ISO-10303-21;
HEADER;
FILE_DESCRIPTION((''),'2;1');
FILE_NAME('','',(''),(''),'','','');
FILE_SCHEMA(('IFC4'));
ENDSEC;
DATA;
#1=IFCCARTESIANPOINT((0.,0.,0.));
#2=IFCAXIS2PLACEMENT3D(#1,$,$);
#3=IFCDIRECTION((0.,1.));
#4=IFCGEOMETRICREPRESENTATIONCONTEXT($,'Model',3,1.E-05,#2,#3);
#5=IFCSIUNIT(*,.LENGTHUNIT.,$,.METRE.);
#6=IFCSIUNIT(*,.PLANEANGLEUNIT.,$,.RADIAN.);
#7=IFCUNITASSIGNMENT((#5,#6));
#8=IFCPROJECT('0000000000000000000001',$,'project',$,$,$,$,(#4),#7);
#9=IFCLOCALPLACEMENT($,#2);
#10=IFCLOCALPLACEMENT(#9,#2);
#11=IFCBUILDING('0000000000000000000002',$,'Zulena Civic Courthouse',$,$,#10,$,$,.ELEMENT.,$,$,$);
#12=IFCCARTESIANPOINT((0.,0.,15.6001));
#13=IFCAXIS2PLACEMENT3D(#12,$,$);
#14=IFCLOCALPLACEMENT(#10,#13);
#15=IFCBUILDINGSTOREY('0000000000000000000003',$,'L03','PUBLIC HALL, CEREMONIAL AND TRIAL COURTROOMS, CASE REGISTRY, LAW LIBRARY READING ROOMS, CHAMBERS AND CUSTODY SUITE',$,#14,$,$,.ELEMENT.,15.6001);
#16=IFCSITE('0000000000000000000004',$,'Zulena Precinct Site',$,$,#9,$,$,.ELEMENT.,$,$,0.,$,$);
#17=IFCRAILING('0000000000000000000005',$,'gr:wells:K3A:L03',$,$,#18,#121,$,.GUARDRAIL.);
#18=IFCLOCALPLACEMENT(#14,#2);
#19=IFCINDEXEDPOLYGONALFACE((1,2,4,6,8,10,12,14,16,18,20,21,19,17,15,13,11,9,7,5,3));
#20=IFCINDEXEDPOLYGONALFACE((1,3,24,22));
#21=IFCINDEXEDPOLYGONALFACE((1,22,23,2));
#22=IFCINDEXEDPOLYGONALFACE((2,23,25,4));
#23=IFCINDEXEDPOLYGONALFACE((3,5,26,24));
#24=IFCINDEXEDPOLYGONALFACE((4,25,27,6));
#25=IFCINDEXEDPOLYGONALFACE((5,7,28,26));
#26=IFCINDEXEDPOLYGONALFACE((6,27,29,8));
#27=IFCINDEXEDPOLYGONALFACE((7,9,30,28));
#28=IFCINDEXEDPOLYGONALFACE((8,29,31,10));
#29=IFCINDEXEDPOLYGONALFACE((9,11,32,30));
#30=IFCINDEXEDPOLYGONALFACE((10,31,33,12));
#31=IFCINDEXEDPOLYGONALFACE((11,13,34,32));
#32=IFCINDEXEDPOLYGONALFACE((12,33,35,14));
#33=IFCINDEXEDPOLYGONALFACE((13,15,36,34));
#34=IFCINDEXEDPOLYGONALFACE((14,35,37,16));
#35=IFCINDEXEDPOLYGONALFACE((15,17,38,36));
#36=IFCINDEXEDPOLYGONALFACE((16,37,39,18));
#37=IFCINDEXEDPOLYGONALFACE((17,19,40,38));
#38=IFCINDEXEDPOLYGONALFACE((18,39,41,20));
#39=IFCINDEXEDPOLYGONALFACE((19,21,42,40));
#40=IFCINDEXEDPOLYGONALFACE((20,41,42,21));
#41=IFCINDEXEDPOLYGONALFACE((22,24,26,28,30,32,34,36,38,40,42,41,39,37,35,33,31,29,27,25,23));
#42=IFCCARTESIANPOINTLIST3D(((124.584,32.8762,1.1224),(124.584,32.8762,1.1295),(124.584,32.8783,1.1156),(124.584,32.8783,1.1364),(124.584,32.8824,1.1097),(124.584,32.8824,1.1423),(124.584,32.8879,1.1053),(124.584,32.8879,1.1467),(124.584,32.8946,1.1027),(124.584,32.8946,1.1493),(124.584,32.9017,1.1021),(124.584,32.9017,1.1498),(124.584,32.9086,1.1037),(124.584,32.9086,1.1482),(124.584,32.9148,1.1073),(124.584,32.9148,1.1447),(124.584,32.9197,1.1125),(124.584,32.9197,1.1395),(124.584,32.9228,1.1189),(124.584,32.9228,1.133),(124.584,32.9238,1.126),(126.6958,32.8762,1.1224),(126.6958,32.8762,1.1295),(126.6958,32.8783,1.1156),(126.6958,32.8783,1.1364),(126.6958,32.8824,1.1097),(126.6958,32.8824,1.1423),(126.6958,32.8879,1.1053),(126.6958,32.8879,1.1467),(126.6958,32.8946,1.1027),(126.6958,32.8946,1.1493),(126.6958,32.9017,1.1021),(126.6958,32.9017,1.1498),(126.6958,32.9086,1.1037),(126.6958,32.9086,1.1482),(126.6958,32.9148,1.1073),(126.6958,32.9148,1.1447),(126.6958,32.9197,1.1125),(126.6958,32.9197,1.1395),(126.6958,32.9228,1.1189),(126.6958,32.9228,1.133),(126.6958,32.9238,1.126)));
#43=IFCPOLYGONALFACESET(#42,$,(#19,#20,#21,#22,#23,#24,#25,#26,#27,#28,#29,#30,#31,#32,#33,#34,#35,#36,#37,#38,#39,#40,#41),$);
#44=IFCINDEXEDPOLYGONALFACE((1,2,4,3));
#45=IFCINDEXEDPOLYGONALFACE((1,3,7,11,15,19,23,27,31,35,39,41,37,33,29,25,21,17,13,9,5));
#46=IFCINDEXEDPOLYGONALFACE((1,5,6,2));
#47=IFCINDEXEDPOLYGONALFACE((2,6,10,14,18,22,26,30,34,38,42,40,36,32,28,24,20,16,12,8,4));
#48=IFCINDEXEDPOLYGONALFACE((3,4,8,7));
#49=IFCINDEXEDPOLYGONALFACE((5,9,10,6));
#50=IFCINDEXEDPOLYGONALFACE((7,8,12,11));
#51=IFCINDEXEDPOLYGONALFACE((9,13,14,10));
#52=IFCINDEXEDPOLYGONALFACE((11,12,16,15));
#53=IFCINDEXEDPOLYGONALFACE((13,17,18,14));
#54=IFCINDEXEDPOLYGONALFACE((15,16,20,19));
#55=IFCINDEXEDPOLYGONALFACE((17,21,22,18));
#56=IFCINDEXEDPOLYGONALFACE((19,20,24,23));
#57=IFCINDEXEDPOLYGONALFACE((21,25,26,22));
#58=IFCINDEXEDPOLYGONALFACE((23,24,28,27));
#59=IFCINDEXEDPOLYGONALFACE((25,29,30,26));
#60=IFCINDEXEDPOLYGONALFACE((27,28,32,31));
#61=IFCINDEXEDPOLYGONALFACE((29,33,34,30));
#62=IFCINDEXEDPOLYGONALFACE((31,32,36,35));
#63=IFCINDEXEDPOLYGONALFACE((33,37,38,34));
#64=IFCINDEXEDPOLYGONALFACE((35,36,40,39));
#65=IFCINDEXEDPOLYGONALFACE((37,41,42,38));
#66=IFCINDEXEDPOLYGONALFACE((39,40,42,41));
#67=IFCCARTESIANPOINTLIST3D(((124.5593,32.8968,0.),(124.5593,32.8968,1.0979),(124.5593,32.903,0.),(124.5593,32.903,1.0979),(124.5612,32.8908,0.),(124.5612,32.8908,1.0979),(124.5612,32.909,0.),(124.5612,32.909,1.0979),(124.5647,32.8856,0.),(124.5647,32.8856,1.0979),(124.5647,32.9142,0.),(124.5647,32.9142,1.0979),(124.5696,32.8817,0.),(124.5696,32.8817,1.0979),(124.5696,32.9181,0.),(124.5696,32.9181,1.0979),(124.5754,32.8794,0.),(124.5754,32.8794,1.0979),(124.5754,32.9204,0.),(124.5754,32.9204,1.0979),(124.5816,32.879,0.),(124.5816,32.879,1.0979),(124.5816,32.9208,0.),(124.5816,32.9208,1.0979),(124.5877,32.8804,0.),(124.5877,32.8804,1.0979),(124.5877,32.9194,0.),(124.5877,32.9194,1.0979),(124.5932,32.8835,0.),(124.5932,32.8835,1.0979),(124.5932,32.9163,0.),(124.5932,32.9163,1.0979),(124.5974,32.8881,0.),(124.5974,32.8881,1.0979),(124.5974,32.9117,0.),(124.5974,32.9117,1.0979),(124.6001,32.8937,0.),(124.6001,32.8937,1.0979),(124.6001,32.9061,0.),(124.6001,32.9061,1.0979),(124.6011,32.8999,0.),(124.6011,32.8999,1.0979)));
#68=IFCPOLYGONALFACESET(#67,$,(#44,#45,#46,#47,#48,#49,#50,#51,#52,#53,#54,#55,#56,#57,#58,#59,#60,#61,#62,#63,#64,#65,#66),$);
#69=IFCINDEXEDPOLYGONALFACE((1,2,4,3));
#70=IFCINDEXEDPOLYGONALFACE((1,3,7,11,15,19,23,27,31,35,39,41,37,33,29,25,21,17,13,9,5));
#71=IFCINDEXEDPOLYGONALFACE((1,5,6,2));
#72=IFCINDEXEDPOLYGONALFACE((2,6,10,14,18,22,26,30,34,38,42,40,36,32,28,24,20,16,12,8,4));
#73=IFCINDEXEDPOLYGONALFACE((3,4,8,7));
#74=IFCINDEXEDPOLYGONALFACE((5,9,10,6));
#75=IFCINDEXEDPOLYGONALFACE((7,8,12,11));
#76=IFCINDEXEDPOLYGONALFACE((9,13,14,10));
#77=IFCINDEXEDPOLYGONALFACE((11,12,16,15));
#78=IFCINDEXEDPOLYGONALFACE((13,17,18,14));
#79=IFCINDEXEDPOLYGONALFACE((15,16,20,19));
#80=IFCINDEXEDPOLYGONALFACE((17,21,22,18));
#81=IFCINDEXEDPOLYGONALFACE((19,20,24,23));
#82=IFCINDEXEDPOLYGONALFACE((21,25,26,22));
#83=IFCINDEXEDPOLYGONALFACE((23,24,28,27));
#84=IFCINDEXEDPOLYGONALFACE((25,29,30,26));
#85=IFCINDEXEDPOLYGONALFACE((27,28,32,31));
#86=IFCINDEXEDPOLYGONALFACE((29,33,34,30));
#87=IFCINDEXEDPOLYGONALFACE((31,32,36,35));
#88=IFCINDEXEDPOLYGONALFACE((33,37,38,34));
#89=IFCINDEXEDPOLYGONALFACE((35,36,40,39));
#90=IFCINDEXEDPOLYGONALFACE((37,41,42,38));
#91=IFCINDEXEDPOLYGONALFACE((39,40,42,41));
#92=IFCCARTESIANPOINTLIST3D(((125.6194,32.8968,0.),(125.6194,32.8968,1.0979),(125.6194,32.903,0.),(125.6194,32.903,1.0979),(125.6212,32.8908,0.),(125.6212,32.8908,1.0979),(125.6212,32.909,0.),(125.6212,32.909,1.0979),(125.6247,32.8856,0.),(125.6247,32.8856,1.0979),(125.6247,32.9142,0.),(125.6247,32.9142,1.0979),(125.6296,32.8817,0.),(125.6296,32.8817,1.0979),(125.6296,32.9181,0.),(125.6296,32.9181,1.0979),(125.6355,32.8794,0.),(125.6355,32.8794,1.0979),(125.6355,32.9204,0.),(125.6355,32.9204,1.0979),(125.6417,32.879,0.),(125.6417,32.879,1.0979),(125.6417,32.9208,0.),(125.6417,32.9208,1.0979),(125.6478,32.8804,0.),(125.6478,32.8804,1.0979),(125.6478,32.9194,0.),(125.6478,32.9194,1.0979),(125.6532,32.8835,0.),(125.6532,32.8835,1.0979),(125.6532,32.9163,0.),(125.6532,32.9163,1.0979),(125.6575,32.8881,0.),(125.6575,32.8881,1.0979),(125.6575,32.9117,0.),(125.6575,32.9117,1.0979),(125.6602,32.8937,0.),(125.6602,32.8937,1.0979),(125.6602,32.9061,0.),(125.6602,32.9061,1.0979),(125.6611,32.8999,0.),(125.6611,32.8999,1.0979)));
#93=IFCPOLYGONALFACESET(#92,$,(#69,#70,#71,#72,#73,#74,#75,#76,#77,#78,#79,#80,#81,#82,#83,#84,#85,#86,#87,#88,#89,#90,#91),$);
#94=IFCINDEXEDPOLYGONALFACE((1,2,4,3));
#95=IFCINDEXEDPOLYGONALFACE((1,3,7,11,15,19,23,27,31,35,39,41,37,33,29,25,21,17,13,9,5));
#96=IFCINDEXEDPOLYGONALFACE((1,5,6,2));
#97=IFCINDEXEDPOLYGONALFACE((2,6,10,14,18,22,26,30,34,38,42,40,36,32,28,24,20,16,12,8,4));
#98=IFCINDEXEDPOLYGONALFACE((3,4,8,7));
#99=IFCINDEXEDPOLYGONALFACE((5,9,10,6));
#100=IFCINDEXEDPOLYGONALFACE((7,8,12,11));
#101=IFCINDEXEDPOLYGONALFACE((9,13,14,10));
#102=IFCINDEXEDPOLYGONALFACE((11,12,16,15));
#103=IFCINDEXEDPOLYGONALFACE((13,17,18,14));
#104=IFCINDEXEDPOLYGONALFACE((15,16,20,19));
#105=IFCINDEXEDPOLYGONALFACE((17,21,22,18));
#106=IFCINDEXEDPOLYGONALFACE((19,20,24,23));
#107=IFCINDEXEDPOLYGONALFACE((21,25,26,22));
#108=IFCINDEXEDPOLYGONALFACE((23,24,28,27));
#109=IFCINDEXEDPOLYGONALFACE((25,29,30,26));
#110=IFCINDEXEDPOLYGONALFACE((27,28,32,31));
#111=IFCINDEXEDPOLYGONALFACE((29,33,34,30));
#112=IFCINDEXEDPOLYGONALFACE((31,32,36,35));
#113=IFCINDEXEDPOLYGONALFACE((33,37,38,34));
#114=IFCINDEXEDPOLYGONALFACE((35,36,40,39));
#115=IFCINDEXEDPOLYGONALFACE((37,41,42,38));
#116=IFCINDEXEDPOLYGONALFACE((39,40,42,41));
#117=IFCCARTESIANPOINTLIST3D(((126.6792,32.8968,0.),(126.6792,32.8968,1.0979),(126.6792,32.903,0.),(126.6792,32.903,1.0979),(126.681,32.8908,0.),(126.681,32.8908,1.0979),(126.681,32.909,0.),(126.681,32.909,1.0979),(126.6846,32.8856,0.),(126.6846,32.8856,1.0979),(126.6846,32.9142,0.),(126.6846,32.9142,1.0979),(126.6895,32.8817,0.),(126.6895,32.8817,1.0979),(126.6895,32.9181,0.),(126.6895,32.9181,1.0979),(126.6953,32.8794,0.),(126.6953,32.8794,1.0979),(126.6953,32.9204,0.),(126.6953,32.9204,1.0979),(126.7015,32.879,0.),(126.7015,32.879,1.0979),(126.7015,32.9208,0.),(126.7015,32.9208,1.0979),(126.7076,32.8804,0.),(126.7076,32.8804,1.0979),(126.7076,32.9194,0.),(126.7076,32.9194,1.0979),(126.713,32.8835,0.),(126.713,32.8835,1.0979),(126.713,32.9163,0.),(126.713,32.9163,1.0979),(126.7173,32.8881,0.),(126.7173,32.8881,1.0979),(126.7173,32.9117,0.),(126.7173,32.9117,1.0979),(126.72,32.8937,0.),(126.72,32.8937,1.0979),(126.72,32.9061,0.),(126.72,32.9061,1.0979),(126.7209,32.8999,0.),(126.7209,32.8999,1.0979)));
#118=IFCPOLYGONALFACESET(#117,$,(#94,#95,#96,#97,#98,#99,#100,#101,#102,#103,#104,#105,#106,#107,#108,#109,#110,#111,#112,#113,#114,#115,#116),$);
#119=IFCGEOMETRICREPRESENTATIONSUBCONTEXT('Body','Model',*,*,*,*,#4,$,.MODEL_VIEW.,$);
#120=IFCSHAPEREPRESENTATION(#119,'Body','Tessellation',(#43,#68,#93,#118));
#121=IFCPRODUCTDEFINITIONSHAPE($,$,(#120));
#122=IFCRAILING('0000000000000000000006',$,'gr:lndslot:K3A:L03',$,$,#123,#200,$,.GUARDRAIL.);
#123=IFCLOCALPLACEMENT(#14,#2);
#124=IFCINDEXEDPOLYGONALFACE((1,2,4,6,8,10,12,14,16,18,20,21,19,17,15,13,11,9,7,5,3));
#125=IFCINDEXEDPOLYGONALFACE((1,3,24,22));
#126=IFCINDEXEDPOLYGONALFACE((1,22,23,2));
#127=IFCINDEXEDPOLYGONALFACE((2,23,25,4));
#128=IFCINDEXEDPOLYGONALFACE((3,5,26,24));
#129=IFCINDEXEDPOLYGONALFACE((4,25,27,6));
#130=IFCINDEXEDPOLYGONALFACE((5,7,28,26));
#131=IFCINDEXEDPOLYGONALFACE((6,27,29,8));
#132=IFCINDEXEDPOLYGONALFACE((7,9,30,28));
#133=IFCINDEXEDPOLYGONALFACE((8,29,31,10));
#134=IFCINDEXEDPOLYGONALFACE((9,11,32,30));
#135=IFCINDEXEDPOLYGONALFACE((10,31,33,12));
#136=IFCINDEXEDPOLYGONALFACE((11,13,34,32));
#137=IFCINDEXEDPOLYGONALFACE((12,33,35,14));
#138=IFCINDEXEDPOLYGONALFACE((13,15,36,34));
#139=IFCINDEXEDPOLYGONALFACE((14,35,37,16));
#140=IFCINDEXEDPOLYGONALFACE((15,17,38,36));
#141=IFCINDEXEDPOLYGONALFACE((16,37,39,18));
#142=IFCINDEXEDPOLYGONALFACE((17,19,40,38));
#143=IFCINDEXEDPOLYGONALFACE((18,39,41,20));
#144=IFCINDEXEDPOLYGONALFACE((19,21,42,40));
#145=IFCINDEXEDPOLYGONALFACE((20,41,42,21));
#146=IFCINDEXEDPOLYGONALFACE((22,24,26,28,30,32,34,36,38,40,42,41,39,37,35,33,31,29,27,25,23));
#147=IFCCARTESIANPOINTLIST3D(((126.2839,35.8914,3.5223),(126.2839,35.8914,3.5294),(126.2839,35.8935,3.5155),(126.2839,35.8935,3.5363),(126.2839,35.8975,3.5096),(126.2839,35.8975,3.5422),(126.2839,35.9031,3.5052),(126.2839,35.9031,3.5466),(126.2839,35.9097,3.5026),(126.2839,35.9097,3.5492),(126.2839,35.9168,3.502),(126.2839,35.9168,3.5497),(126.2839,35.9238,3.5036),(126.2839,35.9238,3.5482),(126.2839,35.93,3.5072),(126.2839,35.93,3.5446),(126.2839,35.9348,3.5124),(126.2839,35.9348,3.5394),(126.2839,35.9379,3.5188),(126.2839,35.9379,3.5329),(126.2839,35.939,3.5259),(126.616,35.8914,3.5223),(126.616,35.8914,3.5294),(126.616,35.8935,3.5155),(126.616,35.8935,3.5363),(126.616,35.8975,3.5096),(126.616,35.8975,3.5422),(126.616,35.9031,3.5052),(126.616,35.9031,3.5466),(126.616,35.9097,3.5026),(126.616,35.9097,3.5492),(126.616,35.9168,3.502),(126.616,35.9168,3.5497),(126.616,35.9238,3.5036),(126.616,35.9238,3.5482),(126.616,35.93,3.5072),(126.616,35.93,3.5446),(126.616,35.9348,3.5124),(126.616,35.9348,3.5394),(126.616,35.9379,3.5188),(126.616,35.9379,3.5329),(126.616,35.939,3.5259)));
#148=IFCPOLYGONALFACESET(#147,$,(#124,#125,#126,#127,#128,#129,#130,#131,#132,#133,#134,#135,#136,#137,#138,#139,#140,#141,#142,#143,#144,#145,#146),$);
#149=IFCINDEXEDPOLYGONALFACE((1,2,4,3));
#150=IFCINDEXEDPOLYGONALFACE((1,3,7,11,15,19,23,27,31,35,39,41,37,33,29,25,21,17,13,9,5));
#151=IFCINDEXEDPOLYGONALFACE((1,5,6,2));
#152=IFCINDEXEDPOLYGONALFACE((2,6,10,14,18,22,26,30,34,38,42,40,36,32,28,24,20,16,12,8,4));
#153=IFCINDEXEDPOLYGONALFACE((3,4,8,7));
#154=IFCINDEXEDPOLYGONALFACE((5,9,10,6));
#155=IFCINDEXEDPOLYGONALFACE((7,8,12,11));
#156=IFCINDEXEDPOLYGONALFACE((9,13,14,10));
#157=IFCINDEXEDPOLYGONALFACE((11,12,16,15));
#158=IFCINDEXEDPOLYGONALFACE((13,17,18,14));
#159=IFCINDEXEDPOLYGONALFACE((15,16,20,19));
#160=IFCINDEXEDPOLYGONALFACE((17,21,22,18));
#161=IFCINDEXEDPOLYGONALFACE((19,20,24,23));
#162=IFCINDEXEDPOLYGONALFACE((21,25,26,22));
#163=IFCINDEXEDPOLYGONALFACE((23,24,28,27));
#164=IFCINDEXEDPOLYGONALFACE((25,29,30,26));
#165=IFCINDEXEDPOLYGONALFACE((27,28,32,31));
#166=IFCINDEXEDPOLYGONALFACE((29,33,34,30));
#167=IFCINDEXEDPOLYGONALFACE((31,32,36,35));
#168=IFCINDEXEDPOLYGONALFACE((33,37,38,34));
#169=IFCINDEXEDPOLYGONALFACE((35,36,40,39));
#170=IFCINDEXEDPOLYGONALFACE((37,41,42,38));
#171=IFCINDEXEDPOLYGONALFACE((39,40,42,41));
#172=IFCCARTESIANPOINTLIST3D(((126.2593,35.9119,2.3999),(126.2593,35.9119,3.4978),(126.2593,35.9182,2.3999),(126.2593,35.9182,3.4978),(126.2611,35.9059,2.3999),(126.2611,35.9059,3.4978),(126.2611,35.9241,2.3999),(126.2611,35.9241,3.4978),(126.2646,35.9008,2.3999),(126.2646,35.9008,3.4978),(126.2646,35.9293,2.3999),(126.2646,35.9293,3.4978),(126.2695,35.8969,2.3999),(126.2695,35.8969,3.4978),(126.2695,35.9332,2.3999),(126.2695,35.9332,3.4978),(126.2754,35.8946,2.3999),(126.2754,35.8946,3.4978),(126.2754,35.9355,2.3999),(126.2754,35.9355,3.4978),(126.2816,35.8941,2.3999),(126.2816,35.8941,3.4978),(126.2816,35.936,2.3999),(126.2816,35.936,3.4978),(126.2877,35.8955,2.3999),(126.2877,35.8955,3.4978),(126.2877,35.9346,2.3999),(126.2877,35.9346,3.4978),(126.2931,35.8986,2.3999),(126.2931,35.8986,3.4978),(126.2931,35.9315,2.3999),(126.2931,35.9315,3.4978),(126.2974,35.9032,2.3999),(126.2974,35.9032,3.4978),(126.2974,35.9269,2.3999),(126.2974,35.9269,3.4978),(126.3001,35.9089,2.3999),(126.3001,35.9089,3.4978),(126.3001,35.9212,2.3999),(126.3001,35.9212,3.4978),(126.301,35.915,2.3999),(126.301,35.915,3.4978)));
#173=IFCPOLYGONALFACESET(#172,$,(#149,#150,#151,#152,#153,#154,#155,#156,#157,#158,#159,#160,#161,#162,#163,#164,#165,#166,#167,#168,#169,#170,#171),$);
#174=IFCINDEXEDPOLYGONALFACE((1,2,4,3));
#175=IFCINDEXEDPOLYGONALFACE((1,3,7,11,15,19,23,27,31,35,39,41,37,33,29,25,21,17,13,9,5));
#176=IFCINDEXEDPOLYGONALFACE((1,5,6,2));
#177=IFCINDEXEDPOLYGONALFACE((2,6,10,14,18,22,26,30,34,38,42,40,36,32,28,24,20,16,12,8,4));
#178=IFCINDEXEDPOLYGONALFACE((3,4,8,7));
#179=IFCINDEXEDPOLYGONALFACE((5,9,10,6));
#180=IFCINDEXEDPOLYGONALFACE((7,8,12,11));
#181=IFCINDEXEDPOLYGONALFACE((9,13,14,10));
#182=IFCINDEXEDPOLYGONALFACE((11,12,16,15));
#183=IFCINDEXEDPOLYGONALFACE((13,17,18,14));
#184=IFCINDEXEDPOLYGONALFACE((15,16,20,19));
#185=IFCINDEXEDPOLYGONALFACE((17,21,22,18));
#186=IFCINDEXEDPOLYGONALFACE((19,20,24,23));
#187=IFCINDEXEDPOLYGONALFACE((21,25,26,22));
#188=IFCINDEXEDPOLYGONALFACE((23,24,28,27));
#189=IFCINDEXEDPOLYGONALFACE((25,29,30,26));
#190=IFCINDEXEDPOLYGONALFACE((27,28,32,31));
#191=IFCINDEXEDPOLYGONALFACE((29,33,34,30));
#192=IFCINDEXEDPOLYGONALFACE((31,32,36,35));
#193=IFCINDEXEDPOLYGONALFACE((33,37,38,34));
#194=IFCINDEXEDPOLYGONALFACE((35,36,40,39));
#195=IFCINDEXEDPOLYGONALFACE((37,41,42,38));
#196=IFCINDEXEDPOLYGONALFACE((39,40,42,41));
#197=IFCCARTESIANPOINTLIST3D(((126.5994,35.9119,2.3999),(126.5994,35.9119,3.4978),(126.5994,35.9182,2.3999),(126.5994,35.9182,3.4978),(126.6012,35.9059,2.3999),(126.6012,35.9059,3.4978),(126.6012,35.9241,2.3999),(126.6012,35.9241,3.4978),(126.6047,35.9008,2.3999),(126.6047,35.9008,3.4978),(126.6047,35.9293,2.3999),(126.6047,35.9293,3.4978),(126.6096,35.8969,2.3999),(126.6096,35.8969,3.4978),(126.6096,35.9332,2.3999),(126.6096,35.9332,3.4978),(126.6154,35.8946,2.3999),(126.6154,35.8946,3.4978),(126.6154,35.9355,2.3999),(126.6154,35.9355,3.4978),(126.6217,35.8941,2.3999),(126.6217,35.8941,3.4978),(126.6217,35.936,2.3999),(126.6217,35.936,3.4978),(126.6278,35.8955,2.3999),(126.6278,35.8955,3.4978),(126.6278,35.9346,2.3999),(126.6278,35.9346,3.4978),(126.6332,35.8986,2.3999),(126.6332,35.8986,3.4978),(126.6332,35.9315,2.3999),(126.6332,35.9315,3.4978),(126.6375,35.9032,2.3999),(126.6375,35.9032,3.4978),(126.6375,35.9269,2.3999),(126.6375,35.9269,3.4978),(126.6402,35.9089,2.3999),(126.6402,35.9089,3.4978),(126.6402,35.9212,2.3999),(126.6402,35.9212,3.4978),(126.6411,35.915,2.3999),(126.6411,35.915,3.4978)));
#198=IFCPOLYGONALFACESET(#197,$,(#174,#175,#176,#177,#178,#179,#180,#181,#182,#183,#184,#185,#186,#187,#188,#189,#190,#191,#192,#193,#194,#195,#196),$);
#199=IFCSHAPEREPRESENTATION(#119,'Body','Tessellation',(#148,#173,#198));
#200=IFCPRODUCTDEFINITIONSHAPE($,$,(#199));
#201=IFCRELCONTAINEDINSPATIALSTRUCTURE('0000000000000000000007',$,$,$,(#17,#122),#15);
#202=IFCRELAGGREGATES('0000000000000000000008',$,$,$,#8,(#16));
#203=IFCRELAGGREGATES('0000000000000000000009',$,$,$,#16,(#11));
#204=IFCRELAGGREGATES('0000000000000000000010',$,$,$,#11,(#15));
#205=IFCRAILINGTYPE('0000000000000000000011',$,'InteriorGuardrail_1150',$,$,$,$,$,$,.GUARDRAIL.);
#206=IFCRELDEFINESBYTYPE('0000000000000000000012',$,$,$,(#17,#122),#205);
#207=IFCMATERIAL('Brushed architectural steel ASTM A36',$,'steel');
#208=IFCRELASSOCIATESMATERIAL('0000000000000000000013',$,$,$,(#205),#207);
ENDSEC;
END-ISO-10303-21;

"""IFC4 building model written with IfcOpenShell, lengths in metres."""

from ifc_helpers import new_model, si_unit, direction, frame, origin, origin_2d, place, context, subcontext, project, spatial, circle, extrude, material, type_object, element, save


model = new_model("IFC4")

# Units and contexts
model_context = context("Model", 3, precision=1e-05, world=origin(), true_north=direction((0.0, 1.0)))
body_context = subcontext(model_context, "Body", "Model", "MODEL_VIEW")
ifc_project = project(units=[si_unit("LENGTHUNIT", "METRE"), si_unit("PLANEANGLEUNIT", "RADIAN")], contexts=[model_context])

# Site, building, storey
site_placement = place(None, origin())
site = spatial("IfcSite", under=ifc_project, at=site_placement, Name="Zulena Precinct Site", CompositionType="ELEMENT", RefElevation=0.0)
building_placement = place(site_placement, origin())
building = spatial("IfcBuilding", under=site, at=building_placement, Name="Zulena Civic Courthouse", CompositionType="ELEMENT")
storey_placement = place(building_placement, frame((0.0, 0.0, 15.6001)))
storey = spatial("IfcBuildingStorey", under=building, at=storey_placement, Name="L03", Description="PUBLIC HALL, CEREMONIAL AND TRIAL COURTROOMS, CASE REGISTRY, LAW LIBRARY READING ROOMS, CHAMBERS AND CUSTODY SUITE", CompositionType="ELEMENT", Elevation=15.6001)

# Railings
ifc_material_1 = material(Name="Brushed architectural steel ASTM A36", Category="steel")
railing_type_1 = type_object("IfcRailingType", Name="InteriorGuardrail_1150", PredefinedType="GUARDRAIL", material=ifc_material_1)
railing_1_placement = place(storey_placement, frame((124.5801, 32.8999, 0.0)))
element("IfcRailing", 1, at=railing_1_placement, inside=storey, type_object=railing_type_1, Name="gr:wells:K3A:L03", PredefinedType="GUARDRAIL", context=body_context, shape_type="SweptSolid", body=[
    extrude(circle(Radius=0.0239, at=origin_2d()), frame((0.0039, 0.0, 1.126), z_axis=(1.0, 0.0, 0.0), x_axis=(0.0, 1.0, 0.0)), (0.0, 0.0, 1.0), 2.1118),
    extrude(circle(Radius=0.021, at=origin_2d()), origin(), (0.0, 0.0, 1.0), 1.0979),
    extrude(circle(Radius=0.021, at=origin_2d()), frame((1.0601, 0.0, 0.0)), (0.0, 0.0, 1.0), 1.0979),
    extrude(circle(Radius=0.021, at=origin_2d()), frame((2.1199, 0.0, 0.0)), (0.0, 0.0, 1.0), 1.0979),
])
railing_2_placement = place(storey_placement, frame((126.28, 35.915, 2.3999)))
element("IfcRailing", 2, at=railing_2_placement, inside=storey, type_object=railing_type_1, Name="gr:lndslot:K3A:L03", PredefinedType="GUARDRAIL", context=body_context, shape_type="SweptSolid", body=[
    extrude(circle(Radius=0.0239, at=origin_2d()), frame((0.0039, 0.0, 1.126), z_axis=(1.0, 0.0, 0.0), x_axis=(0.0, 1.0, 0.0)), (0.0, 0.0, 1.0), 0.332),
    extrude(circle(Radius=0.021, at=origin_2d()), origin(), (0.0, 0.0, 1.0), 1.0979),
    extrude(circle(Radius=0.021, at=origin_2d()), frame((0.3401, 0.0, 0.0)), (0.0, 0.0, 1.0), 1.0979),
])

save(model, "model.ifc")
